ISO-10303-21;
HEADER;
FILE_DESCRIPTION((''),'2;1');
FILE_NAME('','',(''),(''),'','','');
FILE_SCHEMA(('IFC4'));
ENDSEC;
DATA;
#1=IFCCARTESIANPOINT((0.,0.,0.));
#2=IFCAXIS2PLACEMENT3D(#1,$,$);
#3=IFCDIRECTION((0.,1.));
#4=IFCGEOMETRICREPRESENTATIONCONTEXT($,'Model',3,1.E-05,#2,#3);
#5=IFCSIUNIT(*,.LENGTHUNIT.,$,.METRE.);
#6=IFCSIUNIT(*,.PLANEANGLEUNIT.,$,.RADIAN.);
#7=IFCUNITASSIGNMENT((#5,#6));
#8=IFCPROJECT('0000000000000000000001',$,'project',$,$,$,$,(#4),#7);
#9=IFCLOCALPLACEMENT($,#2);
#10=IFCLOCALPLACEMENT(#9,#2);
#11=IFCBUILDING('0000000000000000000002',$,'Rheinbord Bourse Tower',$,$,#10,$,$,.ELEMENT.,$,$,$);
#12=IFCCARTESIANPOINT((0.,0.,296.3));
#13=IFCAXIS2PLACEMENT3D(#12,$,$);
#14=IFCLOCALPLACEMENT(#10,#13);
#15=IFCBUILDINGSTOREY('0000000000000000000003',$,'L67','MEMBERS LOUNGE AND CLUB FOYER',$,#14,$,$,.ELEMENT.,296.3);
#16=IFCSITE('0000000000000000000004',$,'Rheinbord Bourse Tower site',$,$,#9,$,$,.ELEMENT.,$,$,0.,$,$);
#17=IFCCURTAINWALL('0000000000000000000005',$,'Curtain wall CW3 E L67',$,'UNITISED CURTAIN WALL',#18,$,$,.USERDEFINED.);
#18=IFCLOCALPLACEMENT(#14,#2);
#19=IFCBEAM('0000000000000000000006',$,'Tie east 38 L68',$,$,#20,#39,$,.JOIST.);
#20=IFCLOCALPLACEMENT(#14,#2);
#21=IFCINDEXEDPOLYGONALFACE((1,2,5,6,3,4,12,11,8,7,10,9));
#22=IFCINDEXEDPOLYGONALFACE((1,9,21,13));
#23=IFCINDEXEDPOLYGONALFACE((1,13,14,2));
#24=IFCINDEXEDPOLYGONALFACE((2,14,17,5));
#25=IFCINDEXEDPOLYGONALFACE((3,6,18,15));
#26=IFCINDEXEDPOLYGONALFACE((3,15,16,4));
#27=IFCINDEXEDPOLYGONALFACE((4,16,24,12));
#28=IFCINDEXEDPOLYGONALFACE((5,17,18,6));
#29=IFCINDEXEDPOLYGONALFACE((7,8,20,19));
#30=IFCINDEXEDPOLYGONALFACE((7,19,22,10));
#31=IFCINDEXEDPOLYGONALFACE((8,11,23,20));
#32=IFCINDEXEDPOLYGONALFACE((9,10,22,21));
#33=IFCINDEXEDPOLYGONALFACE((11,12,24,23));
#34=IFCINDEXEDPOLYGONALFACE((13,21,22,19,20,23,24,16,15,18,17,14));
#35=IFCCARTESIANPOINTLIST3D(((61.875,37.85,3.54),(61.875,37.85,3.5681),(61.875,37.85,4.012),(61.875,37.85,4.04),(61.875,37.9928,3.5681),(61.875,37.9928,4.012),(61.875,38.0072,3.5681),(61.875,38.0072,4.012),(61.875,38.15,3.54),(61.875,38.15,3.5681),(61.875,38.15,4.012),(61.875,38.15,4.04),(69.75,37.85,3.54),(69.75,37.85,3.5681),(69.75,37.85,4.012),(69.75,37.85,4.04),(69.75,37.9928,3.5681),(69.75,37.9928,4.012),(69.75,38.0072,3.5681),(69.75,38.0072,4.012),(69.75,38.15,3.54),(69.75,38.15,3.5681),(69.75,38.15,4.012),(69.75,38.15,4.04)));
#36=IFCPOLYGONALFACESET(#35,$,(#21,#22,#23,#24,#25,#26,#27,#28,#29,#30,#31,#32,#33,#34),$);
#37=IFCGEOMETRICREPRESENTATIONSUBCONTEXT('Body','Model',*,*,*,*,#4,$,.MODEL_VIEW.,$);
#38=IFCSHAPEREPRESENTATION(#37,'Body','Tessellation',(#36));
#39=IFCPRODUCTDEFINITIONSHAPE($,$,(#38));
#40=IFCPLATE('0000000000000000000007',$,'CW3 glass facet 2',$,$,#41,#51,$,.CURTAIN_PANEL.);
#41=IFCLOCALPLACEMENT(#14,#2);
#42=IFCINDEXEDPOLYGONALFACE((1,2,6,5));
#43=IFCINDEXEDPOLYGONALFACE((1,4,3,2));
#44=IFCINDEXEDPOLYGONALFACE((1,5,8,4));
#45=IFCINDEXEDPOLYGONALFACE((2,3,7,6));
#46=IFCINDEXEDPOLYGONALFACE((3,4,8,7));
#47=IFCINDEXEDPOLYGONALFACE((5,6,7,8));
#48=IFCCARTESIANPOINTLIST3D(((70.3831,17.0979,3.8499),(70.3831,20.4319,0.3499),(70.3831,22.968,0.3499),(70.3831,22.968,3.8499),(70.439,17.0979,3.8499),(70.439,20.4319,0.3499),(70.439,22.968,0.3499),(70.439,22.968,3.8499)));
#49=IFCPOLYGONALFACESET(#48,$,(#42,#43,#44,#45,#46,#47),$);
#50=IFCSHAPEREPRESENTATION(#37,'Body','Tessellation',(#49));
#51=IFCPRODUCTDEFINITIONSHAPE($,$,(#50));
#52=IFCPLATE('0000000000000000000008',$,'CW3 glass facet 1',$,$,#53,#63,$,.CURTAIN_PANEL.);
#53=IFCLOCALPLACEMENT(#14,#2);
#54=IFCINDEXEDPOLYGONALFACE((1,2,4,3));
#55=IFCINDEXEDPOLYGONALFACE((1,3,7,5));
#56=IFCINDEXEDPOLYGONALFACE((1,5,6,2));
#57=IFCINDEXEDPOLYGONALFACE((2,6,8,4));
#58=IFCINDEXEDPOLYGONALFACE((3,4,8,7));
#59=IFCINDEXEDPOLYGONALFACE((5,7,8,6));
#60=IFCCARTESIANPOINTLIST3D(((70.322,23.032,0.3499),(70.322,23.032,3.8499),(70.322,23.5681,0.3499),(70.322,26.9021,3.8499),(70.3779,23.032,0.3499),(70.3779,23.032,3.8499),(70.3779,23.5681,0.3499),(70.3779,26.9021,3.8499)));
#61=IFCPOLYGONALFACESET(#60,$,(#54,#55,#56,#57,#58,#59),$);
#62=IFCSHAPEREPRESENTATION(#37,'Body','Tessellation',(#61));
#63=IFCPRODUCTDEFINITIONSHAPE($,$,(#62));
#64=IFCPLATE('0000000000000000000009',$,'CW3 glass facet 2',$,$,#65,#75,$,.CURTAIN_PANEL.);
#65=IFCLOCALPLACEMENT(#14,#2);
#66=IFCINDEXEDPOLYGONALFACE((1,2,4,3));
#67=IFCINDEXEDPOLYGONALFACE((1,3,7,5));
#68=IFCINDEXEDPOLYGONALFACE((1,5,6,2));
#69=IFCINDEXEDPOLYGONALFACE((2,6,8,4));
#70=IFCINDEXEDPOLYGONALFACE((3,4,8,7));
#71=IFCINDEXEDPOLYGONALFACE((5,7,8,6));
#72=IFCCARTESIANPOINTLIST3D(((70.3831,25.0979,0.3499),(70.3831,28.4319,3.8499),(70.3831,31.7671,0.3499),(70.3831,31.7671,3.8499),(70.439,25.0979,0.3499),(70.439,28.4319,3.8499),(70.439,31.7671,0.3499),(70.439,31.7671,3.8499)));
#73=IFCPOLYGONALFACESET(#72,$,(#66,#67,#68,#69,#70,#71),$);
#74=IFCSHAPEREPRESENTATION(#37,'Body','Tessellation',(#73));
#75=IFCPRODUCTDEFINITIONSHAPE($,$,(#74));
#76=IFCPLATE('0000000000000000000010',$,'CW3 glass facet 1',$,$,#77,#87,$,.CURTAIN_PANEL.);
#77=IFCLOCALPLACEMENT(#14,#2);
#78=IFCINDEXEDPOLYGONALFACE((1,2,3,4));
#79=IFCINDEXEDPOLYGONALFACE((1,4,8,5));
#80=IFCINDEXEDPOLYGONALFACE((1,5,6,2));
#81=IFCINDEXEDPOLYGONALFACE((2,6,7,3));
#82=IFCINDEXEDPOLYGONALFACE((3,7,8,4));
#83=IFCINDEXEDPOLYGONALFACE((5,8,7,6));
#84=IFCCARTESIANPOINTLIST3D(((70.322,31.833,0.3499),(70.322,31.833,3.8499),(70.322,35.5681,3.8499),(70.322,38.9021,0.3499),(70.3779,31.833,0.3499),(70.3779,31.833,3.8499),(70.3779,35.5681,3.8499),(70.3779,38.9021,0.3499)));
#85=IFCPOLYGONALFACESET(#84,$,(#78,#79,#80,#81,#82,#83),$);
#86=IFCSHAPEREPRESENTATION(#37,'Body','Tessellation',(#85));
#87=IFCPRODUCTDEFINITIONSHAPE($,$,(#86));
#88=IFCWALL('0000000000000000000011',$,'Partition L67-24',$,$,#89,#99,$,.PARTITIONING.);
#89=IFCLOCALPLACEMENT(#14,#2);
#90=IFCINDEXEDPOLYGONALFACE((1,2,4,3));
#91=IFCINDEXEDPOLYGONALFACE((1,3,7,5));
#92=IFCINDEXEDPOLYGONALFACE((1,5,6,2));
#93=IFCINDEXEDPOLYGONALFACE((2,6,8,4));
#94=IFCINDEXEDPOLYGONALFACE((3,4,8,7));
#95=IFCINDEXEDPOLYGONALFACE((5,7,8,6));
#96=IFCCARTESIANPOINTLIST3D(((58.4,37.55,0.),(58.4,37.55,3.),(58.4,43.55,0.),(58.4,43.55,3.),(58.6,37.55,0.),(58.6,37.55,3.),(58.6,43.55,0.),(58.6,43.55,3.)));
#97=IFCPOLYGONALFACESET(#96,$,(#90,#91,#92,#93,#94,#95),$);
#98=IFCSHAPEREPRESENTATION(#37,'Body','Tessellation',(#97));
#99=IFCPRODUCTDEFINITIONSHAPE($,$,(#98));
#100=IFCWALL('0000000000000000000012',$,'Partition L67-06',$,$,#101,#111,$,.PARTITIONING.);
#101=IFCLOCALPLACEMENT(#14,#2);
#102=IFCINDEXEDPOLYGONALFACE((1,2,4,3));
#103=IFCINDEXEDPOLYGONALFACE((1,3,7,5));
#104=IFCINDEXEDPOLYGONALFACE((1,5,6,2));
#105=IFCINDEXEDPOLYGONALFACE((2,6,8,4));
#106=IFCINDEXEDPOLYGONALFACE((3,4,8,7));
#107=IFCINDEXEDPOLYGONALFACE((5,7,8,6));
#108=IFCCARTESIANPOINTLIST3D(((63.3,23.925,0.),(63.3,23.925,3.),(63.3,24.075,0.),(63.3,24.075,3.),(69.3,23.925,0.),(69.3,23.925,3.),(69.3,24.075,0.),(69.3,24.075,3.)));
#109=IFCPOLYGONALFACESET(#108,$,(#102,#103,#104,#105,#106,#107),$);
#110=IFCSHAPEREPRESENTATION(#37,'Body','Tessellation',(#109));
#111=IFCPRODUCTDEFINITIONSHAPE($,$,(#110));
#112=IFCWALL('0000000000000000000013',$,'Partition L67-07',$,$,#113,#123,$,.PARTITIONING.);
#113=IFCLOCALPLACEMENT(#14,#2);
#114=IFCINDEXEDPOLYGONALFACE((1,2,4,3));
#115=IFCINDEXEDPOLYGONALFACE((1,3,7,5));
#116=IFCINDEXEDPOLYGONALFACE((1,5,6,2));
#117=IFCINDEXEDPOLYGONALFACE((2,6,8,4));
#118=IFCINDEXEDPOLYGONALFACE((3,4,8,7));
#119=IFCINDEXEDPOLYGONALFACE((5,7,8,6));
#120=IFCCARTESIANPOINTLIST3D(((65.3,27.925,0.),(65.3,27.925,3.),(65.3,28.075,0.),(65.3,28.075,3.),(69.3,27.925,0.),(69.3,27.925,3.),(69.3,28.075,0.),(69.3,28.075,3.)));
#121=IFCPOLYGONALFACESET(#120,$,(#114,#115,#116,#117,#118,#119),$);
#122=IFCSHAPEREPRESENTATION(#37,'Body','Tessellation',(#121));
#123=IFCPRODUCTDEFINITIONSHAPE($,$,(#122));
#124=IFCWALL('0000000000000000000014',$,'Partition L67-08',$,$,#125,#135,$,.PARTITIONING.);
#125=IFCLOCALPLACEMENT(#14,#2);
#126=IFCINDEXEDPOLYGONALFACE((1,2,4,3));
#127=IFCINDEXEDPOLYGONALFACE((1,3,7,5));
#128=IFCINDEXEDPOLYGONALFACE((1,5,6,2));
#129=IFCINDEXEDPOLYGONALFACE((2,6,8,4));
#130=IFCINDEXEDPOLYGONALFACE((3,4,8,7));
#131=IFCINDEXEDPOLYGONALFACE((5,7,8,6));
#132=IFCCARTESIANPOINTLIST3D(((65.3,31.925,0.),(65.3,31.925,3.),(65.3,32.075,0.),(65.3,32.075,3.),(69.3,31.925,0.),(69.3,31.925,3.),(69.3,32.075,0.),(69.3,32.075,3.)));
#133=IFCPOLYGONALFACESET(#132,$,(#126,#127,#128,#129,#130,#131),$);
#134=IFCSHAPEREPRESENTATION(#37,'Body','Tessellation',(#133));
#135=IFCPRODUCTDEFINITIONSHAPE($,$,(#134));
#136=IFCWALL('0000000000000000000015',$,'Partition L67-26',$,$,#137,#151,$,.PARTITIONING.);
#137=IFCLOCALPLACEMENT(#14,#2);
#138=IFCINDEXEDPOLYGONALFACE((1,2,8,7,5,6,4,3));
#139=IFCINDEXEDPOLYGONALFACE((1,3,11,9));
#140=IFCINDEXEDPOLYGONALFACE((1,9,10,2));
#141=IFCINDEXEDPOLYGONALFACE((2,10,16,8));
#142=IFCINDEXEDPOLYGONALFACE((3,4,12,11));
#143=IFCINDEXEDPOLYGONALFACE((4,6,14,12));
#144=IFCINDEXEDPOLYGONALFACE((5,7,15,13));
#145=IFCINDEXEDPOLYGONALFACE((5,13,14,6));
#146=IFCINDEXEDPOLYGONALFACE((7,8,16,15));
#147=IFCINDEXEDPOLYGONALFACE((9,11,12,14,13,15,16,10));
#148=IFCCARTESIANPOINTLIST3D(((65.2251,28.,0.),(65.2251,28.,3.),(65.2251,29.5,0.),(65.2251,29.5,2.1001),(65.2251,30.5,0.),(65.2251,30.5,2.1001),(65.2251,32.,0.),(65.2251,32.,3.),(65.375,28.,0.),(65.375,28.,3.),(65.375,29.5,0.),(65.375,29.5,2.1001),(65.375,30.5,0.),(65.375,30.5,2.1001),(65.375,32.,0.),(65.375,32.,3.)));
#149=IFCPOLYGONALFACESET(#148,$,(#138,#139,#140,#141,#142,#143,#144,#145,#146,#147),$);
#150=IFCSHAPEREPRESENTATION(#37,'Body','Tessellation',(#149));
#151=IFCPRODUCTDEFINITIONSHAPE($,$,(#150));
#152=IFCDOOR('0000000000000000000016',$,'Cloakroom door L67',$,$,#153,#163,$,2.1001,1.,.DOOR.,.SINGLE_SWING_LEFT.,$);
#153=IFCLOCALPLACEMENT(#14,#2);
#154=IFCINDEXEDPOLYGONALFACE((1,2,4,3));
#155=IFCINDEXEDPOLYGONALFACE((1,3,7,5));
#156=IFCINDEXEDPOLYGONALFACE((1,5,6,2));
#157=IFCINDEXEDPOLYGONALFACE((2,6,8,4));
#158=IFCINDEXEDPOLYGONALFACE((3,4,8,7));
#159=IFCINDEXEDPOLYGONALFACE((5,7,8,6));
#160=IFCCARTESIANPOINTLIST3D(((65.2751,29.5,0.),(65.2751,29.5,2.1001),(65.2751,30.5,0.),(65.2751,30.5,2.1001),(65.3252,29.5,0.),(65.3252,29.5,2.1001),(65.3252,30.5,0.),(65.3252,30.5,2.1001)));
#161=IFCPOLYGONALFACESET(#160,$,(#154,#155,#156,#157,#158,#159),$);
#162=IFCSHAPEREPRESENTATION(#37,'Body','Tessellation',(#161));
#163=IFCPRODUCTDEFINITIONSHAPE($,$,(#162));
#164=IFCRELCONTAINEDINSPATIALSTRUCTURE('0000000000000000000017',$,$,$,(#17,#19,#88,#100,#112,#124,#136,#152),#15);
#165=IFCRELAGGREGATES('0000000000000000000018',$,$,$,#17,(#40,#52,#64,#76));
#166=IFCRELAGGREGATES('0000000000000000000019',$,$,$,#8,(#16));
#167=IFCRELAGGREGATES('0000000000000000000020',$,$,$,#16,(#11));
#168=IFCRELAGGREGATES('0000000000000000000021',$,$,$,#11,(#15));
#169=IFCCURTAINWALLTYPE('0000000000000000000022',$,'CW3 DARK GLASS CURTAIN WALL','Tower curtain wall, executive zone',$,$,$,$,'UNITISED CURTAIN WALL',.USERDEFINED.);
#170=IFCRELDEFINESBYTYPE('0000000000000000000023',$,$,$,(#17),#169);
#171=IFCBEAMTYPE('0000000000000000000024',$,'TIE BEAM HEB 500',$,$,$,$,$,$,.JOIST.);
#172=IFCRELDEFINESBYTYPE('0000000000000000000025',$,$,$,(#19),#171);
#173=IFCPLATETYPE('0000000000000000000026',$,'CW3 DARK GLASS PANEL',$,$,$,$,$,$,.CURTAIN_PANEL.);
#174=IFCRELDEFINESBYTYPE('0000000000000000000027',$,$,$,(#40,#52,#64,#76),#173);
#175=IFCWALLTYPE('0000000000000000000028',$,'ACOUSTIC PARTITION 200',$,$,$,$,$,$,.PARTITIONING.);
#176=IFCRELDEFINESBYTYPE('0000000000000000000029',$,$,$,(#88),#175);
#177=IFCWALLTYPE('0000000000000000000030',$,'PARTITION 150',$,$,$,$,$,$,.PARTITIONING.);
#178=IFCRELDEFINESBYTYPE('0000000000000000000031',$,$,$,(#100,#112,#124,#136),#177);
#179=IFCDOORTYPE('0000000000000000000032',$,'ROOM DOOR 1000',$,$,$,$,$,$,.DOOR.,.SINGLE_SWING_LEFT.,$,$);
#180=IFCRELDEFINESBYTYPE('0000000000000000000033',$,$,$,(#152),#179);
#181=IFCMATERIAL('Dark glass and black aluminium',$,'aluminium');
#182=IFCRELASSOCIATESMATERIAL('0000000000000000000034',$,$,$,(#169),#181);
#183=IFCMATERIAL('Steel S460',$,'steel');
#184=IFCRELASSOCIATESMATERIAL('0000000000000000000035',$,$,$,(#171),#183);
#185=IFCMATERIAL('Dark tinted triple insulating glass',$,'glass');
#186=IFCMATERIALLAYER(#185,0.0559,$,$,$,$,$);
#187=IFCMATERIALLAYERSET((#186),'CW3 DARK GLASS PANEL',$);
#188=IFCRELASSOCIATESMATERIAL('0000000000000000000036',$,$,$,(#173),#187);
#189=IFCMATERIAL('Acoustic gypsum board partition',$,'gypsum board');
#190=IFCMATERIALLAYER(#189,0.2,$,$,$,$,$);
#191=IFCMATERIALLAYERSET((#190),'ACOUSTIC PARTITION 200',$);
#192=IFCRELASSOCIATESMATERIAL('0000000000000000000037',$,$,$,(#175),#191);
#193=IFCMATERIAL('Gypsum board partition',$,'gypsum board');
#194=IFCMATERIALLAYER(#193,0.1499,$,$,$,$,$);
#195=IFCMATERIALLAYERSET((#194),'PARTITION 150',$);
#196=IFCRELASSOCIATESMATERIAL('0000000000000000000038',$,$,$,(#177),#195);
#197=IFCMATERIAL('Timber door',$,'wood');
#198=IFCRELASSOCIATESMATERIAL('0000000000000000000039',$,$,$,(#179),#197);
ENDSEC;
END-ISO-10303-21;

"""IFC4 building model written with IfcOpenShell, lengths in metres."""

from ifc_helpers import new_model, si_unit, direction, frame, frame_2d, origin, origin_2d, place, context, subcontext, project, spatial, polyline, rectangle, i_section, outline, extrude, material, layer, layer_set, material_profile, profile_set, type_object, element, fill, aggregate, save


model = new_model("IFC4")

# Units and contexts
model_context = context("Model", 3, precision=1e-05, world=origin(), true_north=direction((0.0, 1.0)))
body_context = subcontext(model_context, "Body", "Model", "MODEL_VIEW")
ifc_project = project(units=[si_unit("LENGTHUNIT", "METRE"), si_unit("PLANEANGLEUNIT", "RADIAN")], contexts=[model_context])

# Site, building, storey
site_placement = place(None, origin())
site = spatial("IfcSite", under=ifc_project, at=site_placement, Name="Rheinbord Bourse Tower site", CompositionType="ELEMENT", RefElevation=0.0)
building_placement = place(site_placement, origin())
building = spatial("IfcBuilding", under=site, at=building_placement, Name="Rheinbord Bourse Tower", CompositionType="ELEMENT")
storey_placement = place(building_placement, frame((0.0, 0.0, 296.3)))
storey = spatial("IfcBuildingStorey", under=building, at=storey_placement, Name="L67", Description="MEMBERS LOUNGE AND CLUB FOYER", CompositionType="ELEMENT", Elevation=296.3)

# Curtain wall
ifc_material_1 = material(Name="Dark glass and black aluminium", Category="aluminium")
curtain_wall_type = type_object("IfcCurtainWallType", Name="CW3 DARK GLASS CURTAIN WALL", Description="Tower curtain wall, executive zone", ElementType="UNITISED CURTAIN WALL", PredefinedType="USERDEFINED", material=ifc_material_1)
curtain_wall_placement = place(storey_placement, origin())
curtain_wall = element("IfcCurtainWall", 1, at=curtain_wall_placement, inside=storey, type_object=curtain_wall_type, Name="Curtain wall CW3 E L67", ObjectType="UNITISED CURTAIN WALL", PredefinedType="USERDEFINED")

# Beam
ifc_material_2 = material(Name="Steel S460", Category="steel")
ifc_material_profile_1 = material_profile(ifc_material_2, i_section(OverallWidth=0.3, OverallDepth=0.5, WebThickness=0.0144, FlangeThickness=0.0281, at=origin_2d()), Name="HEB 500")
ifc_profile_set_1 = profile_set([ifc_material_profile_1], Name="Steel S460")
beam_type_1 = type_object("IfcBeamType", Name="TIE BEAM HEB 500", PredefinedType="JOIST", material=ifc_profile_set_1)
for number, where, z_axis, x_axis, name in (
    (2, (61.875, 38.0, 3.79), (1.0, 0.0, 0.0), (0.0, 1.0, 0.0), "Tie east 38 L68"),
):
    element("IfcBeam", number, at=place(storey_placement, frame(where, z_axis=z_axis, x_axis=x_axis)), inside=storey, type_object=beam_type_1, Name=name, PredefinedType="JOIST", context=body_context, shape_type="SweptSolid", body=[
        extrude(i_section(OverallWidth=0.3, OverallDepth=0.5, WebThickness=0.0144, FlangeThickness=0.0281, at=origin_2d()), origin(), (0.0, 0.0, 1.0), 7.875),
    ])

# Plates
ifc_material_3 = material(Name="Dark tinted triple insulating glass", Category="glass")
ifc_layer_1 = layer(ifc_material_3, 0.0559)
ifc_layer_set_1 = layer_set([ifc_layer_1], Name="CW3 DARK GLASS PANEL")
plate_type = type_object("IfcPlateType", Name="CW3 DARK GLASS PANEL", PredefinedType="CURTAIN_PANEL", material=ifc_layer_set_1)
plate_1_placement = place(storey_placement, frame((70.439, 22.968, 3.8499), z_axis=(-1.0, 0.0, 0.0), x_axis=(0.0, 0.0, -1.0)))
plate_1 = element("IfcPlate", 3, at=plate_1_placement, type_object=plate_type, Name="CW3 glass facet 2", PredefinedType="CURTAIN_PANEL", context=body_context, shape_type="SweptSolid", body=[
    extrude(outline(polyline([(0.0, 0.0), (3.5, 0.0), (3.5, 2.5361), (0.0, 5.8701), (0.0, 0.0)])), origin(), (0.0, 0.0, 1.0), 0.0559),
])
plate_2_placement = place(storey_placement, frame((70.3779, 23.032, 0.3499), z_axis=(-1.0, 0.0, 0.0), x_axis=(0.0, 0.0, 1.0)))
plate_2 = element("IfcPlate", 4, at=plate_2_placement, type_object=plate_type, Name="CW3 glass facet 1", PredefinedType="CURTAIN_PANEL", context=body_context, shape_type="SweptSolid", body=[
    extrude(outline(polyline([(0.0, 0.0), (3.5, 0.0), (3.5, 3.8701), (0.0, 0.5361), (0.0, 0.0)])), origin(), (0.0, 0.0, 1.0), 0.0559),
])
plate_3_placement = place(storey_placement, frame((70.439, 31.7671, 3.8499), z_axis=(-1.0, 0.0, 0.0), x_axis=(0.0, 0.0, -1.0)))
plate_3 = element("IfcPlate", 5, at=plate_3_placement, type_object=plate_type, Name="CW3 glass facet 2", PredefinedType="CURTAIN_PANEL", context=body_context, shape_type="SweptSolid", body=[
    extrude(outline(polyline([(0.0, 0.0), (3.5, 0.0), (3.5, 6.6692), (0.0, 3.3352), (0.0, 0.0)])), origin(), (0.0, 0.0, 1.0), 0.0559),
])
plate_4_placement = place(storey_placement, frame((70.3779, 31.833, 0.3499), z_axis=(-1.0, 0.0, 0.0), x_axis=(0.0, 0.0, 1.0)))
plate_4 = element("IfcPlate", 6, at=plate_4_placement, type_object=plate_type, Name="CW3 glass facet 1", PredefinedType="CURTAIN_PANEL", context=body_context, shape_type="SweptSolid", body=[
    extrude(outline(polyline([(0.0, 0.0), (3.5, 0.0), (3.5, 3.7351), (0.0, 7.0691), (0.0, 0.0)])), origin(), (0.0, 0.0, 1.0), 0.0559),
])
aggregate(curtain_wall, [plate_1, plate_2, plate_3, plate_4])

# Walls
ifc_material_4 = material(Name="Acoustic gypsum board partition", Category="gypsum board")
ifc_layer_2 = layer(ifc_material_4, 0.2)
ifc_layer_set_2 = layer_set([ifc_layer_2], Name="ACOUSTIC PARTITION 200")
wall_type_1 = type_object("IfcWallType", Name="ACOUSTIC PARTITION 200", PredefinedType="PARTITIONING", material=ifc_layer_set_2)
wall_1_placement = place(storey_placement, frame((58.5, 37.55, 0.0), z_axis=(0.0, 0.0, 1.0), x_axis=(0.0, 1.0, 0.0)))
element("IfcWall", 7, at=wall_1_placement, inside=storey, type_object=wall_type_1, Name="Partition L67-24", PredefinedType="PARTITIONING", context=body_context, shape_type="SweptSolid", body=[
    extrude(rectangle(XDim=6.0, YDim=0.2, at=frame_2d((3.0, 0.0))), origin(), (0.0, 0.0, 1.0), 3.0),
])
ifc_material_5 = material(Name="Gypsum board partition", Category="gypsum board")
ifc_layer_3 = layer(ifc_material_5, 0.1499)
ifc_layer_set_3 = layer_set([ifc_layer_3], Name="PARTITION 150")
wall_type_2 = type_object("IfcWallType", Name="PARTITION 150", PredefinedType="PARTITIONING", material=ifc_layer_set_3)
wall_2_placement = place(storey_placement, frame((63.3, 24.0, 0.0), z_axis=(0.0, 0.0, 1.0), x_axis=(1.0, 0.0, 0.0)))
element("IfcWall", 8, at=wall_2_placement, inside=storey, type_object=wall_type_2, Name="Partition L67-06", PredefinedType="PARTITIONING", context=body_context, shape_type="SweptSolid", body=[
    extrude(rectangle(XDim=6.0, YDim=0.1499, at=frame_2d((3.0, 0.0))), origin(), (0.0, 0.0, 1.0), 3.0),
])
for number, where, z_axis, x_axis, name in (
    (9, (65.3, 28.0, 0.0), (0.0, 0.0, 1.0), (1.0, 0.0, 0.0), "Partition L67-07"),
    (10, (65.3, 32.0, 0.0), (0.0, 0.0, 1.0), (1.0, 0.0, 0.0), "Partition L67-08"),
):
    element("IfcWall", number, at=place(storey_placement, frame(where, z_axis=z_axis, x_axis=x_axis)), inside=storey, type_object=wall_type_2, Name=name, PredefinedType="PARTITIONING", context=body_context, shape_type="SweptSolid", body=[
        extrude(rectangle(XDim=4.0, YDim=0.1499, at=frame_2d((2.0, 0.0))), origin(), (0.0, 0.0, 1.0), 3.0),
    ])

# Wall, opening, door
wall_3_placement = place(storey_placement, frame((65.3, 28.0, 0.0), z_axis=(0.0, 0.0, 1.0), x_axis=(0.0, 1.0, 0.0)))
wall_3 = element("IfcWall", 11, at=wall_3_placement, inside=storey, type_object=wall_type_2, Name="Partition L67-26", PredefinedType="PARTITIONING", context=body_context, shape_type="SweptSolid", body=[
    extrude(rectangle(XDim=4.0, YDim=0.1499, at=frame_2d((2.0, 0.0))), origin(), (0.0, 0.0, 1.0), 3.0),
])
opening_placement = place(wall_3_placement, frame((1.5, 0.0, 0.0)))
opening = element("IfcOpeningElement", 12, at=opening_placement, cuts=wall_3, PredefinedType="OPENING", context=body_context, shape_type="SweptSolid", body=[
    extrude(rectangle(XDim=1.0, YDim=2.1001, at=frame_2d((0.5, 1.05))), frame((0.0, 0.085, 0.0), z_axis=(0.0, -1.0, 0.0), x_axis=(1.0, 0.0, 0.0)), (0.0, 0.0, 1.0), 0.1699),
])
ifc_material_6 = material(Name="Timber door", Category="wood")
door_type = type_object("IfcDoorType", Name="ROOM DOOR 1000", OperationType="SINGLE_SWING_LEFT", PredefinedType="DOOR", material=ifc_material_6)
door_placement = place(opening_placement, origin())
door = element("IfcDoor", 13, at=door_placement, inside=storey, type_object=door_type, Name="Cloakroom door L67", OperationType="SINGLE_SWING_LEFT", OverallHeight=2.1001, OverallWidth=1.0, PredefinedType="DOOR", context=body_context, shape_type="SweptSolid", body=[
    extrude(rectangle(XDim=1.0, YDim=2.1001, at=frame_2d((0.5, 1.05))), frame((0.0, 0.0249, 0.0), z_axis=(0.0, -1.0, 0.0), x_axis=(1.0, 0.0, 0.0)), (0.0, 0.0, 1.0), 0.05),
])
fill(opening, door)

save(model, "model.ifc")
